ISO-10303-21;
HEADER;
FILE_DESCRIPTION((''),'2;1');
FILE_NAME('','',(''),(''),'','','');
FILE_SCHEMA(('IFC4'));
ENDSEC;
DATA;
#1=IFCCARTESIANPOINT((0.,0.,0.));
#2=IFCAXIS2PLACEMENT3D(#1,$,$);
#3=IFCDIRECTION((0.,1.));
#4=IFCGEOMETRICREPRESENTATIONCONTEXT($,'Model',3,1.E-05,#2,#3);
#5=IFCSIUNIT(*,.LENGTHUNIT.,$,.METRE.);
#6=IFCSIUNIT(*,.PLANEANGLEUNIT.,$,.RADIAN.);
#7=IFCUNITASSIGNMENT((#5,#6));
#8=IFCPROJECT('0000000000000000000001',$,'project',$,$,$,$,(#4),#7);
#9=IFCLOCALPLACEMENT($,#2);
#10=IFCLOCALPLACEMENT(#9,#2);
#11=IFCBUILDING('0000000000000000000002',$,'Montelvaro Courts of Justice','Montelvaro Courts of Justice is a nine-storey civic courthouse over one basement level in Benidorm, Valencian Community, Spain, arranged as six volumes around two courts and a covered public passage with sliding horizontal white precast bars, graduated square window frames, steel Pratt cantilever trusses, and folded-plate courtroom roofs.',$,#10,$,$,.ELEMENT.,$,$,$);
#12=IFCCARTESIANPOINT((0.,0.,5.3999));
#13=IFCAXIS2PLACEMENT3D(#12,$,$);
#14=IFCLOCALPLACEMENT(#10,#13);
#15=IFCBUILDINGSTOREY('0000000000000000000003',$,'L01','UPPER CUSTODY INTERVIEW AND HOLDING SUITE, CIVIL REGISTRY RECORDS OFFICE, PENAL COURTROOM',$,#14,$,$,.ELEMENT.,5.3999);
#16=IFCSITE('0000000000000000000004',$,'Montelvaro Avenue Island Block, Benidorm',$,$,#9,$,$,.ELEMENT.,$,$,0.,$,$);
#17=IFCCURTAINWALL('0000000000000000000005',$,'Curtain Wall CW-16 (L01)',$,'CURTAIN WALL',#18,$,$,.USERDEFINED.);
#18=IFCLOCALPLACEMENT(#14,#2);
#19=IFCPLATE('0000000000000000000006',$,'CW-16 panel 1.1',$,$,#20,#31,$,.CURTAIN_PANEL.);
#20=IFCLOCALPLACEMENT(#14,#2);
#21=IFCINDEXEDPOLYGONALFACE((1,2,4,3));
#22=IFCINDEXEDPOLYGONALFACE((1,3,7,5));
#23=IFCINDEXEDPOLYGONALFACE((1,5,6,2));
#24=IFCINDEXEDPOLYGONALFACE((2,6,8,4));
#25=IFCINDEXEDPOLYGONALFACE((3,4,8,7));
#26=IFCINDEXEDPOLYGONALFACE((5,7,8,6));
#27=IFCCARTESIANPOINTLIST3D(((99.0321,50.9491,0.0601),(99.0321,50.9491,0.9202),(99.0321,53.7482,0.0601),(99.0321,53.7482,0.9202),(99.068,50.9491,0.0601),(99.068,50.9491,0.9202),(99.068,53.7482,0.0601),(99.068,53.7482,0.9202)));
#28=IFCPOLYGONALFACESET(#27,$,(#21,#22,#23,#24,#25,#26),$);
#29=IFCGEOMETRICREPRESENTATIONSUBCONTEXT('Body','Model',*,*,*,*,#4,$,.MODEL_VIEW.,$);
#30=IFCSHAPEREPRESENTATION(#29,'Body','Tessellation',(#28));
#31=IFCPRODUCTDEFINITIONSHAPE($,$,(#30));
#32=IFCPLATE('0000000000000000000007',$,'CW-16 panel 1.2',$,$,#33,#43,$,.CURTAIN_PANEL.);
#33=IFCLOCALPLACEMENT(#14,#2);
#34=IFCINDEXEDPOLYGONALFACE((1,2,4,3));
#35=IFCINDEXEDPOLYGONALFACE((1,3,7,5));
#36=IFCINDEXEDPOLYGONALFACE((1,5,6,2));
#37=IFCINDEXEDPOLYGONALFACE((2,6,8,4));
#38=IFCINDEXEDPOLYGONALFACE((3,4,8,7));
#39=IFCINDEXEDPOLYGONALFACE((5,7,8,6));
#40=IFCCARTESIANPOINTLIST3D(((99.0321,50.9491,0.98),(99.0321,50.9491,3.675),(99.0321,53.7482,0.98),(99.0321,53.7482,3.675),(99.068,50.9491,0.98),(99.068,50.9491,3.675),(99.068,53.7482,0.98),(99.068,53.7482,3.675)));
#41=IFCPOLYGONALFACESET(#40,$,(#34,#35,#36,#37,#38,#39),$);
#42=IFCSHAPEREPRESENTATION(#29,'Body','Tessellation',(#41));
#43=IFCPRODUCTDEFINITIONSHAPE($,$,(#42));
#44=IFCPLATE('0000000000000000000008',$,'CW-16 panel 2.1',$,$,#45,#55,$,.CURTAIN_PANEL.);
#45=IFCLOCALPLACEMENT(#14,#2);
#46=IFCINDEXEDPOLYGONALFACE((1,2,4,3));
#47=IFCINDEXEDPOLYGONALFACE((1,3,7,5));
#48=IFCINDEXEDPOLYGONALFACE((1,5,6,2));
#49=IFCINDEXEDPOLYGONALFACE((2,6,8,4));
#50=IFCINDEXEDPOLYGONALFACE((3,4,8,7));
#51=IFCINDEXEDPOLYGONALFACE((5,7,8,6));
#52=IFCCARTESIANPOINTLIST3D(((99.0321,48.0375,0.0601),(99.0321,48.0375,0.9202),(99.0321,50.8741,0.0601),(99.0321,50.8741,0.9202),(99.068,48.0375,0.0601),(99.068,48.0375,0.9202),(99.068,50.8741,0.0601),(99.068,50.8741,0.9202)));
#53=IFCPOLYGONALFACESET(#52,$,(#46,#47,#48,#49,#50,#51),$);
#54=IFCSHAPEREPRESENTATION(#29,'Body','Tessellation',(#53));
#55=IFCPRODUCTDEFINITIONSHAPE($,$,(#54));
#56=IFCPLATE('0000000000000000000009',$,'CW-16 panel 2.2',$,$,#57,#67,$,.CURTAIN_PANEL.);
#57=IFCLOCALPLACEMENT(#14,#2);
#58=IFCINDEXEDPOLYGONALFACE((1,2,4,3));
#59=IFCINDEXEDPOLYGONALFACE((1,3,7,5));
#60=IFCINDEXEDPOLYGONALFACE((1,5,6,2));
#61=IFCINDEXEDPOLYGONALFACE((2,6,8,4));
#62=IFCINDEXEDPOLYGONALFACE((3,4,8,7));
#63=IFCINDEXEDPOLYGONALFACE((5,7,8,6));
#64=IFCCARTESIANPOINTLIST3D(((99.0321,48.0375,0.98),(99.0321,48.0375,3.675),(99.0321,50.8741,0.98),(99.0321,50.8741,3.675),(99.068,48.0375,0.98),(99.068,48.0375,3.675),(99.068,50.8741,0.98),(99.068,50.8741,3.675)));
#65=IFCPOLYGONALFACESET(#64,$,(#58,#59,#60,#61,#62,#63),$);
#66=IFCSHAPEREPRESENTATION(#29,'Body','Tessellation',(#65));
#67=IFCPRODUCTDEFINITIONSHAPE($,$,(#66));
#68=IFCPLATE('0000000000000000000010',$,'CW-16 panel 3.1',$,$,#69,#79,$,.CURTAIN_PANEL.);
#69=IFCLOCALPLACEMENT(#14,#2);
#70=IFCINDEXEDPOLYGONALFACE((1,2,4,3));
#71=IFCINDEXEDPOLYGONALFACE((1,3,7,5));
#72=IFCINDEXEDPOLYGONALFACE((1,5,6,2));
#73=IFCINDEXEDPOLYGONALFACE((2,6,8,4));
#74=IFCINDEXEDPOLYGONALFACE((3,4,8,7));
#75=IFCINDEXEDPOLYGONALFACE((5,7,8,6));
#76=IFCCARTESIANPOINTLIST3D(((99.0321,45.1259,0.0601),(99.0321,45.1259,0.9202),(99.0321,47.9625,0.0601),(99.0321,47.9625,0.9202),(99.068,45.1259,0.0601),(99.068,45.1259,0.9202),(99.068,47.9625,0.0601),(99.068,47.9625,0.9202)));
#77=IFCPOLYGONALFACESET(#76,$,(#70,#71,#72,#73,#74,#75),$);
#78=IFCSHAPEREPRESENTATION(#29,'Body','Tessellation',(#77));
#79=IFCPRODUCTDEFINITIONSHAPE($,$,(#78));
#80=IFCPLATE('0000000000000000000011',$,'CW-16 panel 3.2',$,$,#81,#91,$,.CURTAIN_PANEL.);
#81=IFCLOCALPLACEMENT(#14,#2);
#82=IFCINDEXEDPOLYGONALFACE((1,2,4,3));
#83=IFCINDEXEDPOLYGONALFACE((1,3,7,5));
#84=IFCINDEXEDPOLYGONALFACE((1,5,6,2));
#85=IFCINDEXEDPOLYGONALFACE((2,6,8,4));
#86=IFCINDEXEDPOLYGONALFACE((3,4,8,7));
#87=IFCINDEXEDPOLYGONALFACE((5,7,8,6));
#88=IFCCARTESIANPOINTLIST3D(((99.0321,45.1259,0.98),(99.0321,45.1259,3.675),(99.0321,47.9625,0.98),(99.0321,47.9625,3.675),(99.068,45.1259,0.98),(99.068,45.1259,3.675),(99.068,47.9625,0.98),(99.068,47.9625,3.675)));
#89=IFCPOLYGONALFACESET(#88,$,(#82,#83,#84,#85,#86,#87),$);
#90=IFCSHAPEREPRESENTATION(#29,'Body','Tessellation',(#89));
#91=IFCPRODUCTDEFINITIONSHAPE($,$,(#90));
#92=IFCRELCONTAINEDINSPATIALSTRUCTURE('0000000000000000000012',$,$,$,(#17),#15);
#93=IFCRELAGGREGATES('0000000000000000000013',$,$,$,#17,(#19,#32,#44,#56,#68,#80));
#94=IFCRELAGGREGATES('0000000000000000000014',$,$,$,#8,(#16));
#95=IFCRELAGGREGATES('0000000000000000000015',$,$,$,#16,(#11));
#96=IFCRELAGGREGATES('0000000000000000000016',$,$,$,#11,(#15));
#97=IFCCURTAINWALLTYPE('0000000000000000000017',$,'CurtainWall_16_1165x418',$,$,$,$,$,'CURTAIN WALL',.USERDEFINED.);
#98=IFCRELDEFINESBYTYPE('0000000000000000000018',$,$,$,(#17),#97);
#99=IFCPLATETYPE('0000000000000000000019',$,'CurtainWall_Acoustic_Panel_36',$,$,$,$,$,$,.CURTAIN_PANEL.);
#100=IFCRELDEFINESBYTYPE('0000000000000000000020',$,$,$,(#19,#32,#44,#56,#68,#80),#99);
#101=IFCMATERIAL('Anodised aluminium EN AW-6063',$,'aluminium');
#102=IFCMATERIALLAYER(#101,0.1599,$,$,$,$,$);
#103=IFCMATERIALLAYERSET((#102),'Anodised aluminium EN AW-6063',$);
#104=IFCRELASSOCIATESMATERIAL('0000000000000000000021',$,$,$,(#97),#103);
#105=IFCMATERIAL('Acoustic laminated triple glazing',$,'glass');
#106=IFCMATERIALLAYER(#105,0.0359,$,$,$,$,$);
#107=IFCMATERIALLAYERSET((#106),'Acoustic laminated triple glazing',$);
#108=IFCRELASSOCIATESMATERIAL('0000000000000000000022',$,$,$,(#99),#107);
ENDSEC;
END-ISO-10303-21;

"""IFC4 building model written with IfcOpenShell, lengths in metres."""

from ifc_helpers import new_model, si_unit, direction, frame, origin, origin_2d, place, context, subcontext, project, spatial, rectangle, extrude, material, layer, layer_set, type_object, element, aggregate, save


model = new_model("IFC4")

# Units and contexts
model_context = context("Model", 3, precision=1e-05, world=origin(), true_north=direction((0.0, 1.0)))
body_context = subcontext(model_context, "Body", "Model", "MODEL_VIEW")
ifc_project = project(units=[si_unit("LENGTHUNIT", "METRE"), si_unit("PLANEANGLEUNIT", "RADIAN")], contexts=[model_context])

# Site, building, storey
site_placement = place(None, origin())
site = spatial("IfcSite", under=ifc_project, at=site_placement, Name="Montelvaro Avenue Island Block, Benidorm", CompositionType="ELEMENT", RefElevation=0.0)
building_placement = place(site_placement, origin())
building = spatial("IfcBuilding", under=site, at=building_placement, Name="Montelvaro Courts of Justice", Description="Montelvaro Courts of Justice is a nine-storey civic courthouse over one basement level in Benidorm, Valencian Community, Spain, arranged as six volumes around two courts and a covered public passage with sliding horizontal white precast bars, graduated square window frames, steel Pratt cantilever trusses, and folded-plate courtroom roofs.", CompositionType="ELEMENT")
storey_placement = place(building_placement, frame((0.0, 0.0, 5.3999)))
storey = spatial("IfcBuildingStorey", under=building, at=storey_placement, Name="L01", Description="UPPER CUSTODY INTERVIEW AND HOLDING SUITE, CIVIL REGISTRY RECORDS OFFICE, PENAL COURTROOM", CompositionType="ELEMENT", Elevation=5.3999)

# Curtain wall, plates
ifc_material_1 = material(Name="Anodised aluminium EN AW-6063", Category="aluminium")
ifc_layer_1 = layer(ifc_material_1, 0.1599)
ifc_layer_set_1 = layer_set([ifc_layer_1], Name="Anodised aluminium EN AW-6063")
curtain_wall_type = type_object("IfcCurtainWallType", Name="CurtainWall_16_1165x418", ElementType="CURTAIN WALL", PredefinedType="USERDEFINED", material=ifc_layer_set_1)
curtain_wall_placement = place(storey_placement, origin())
curtain_wall = element("IfcCurtainWall", 1, at=curtain_wall_placement, inside=storey, type_object=curtain_wall_type, Name="Curtain Wall CW-16 (L01)", ObjectType="CURTAIN WALL", PredefinedType="USERDEFINED")
ifc_material_2 = material(Name="Acoustic laminated triple glazing", Category="glass")
ifc_layer_2 = layer(ifc_material_2, 0.0359)
ifc_layer_set_2 = layer_set([ifc_layer_2], Name="Acoustic laminated triple glazing")
plate_type = type_object("IfcPlateType", Name="CurtainWall_Acoustic_Panel_36", PredefinedType="CURTAIN_PANEL", material=ifc_layer_set_2)
plate_1_placement = place(storey_placement, frame((99.05, 52.3486, 0.0601), z_axis=(0.0, 0.0, 1.0), x_axis=(0.0, -1.0, 0.0)))
plate_1 = element("IfcPlate", 2, at=plate_1_placement, type_object=plate_type, Name="CW-16 panel 1.1", PredefinedType="CURTAIN_PANEL", context=body_context, shape_type="SweptSolid", body=[
    extrude(rectangle(XDim=2.7991, YDim=0.0359, at=origin_2d()), origin(), (0.0, 0.0, 1.0), 0.8601),
])
plate_2_placement = place(storey_placement, frame((99.05, 52.3486, 0.98), z_axis=(0.0, 0.0, 1.0), x_axis=(0.0, -1.0, 0.0)))
plate_2 = element("IfcPlate", 3, at=plate_2_placement, type_object=plate_type, Name="CW-16 panel 1.2", PredefinedType="CURTAIN_PANEL", context=body_context, shape_type="SweptSolid", body=[
    extrude(rectangle(XDim=2.7991, YDim=0.0359, at=origin_2d()), origin(), (0.0, 0.0, 1.0), 2.6951),
])
plate_3_placement = place(storey_placement, frame((99.05, 49.4558, 0.0601), z_axis=(0.0, 0.0, 1.0), x_axis=(0.0, -1.0, 0.0)))
plate_3 = element("IfcPlate", 4, at=plate_3_placement, type_object=plate_type, Name="CW-16 panel 2.1", PredefinedType="CURTAIN_PANEL", context=body_context, shape_type="SweptSolid", body=[
    extrude(rectangle(XDim=2.8367, YDim=0.0359, at=origin_2d()), origin(), (0.0, 0.0, 1.0), 0.8601),
])
plate_4_placement = place(storey_placement, frame((99.05, 49.4558, 0.98), z_axis=(0.0, 0.0, 1.0), x_axis=(0.0, -1.0, 0.0)))
plate_4 = element("IfcPlate", 5, at=plate_4_placement, type_object=plate_type, Name="CW-16 panel 2.2", PredefinedType="CURTAIN_PANEL", context=body_context, shape_type="SweptSolid", body=[
    extrude(rectangle(XDim=2.8367, YDim=0.0359, at=origin_2d()), origin(), (0.0, 0.0, 1.0), 2.6951),
])
plate_5_placement = place(storey_placement, frame((99.05, 46.5442, 0.0601), z_axis=(0.0, 0.0, 1.0), x_axis=(0.0, -1.0, 0.0)))
plate_5 = element("IfcPlate", 6, at=plate_5_placement, type_object=plate_type, Name="CW-16 panel 3.1", PredefinedType="CURTAIN_PANEL", context=body_context, shape_type="SweptSolid", body=[
    extrude(rectangle(XDim=2.8367, YDim=0.0359, at=origin_2d()), origin(), (0.0, 0.0, 1.0), 0.8601),
])
plate_6_placement = place(storey_placement, frame((99.05, 46.5442, 0.98), z_axis=(0.0, 0.0, 1.0), x_axis=(0.0, -1.0, 0.0)))
plate_6 = element("IfcPlate", 7, at=plate_6_placement, type_object=plate_type, Name="CW-16 panel 3.2", PredefinedType="CURTAIN_PANEL", context=body_context, shape_type="SweptSolid", body=[
    extrude(rectangle(XDim=2.8367, YDim=0.0359, at=origin_2d()), origin(), (0.0, 0.0, 1.0), 2.6951),
])
aggregate(curtain_wall, [plate_1, plate_2, plate_3, plate_4, plate_5, plate_6])

save(model, "model.ifc")
